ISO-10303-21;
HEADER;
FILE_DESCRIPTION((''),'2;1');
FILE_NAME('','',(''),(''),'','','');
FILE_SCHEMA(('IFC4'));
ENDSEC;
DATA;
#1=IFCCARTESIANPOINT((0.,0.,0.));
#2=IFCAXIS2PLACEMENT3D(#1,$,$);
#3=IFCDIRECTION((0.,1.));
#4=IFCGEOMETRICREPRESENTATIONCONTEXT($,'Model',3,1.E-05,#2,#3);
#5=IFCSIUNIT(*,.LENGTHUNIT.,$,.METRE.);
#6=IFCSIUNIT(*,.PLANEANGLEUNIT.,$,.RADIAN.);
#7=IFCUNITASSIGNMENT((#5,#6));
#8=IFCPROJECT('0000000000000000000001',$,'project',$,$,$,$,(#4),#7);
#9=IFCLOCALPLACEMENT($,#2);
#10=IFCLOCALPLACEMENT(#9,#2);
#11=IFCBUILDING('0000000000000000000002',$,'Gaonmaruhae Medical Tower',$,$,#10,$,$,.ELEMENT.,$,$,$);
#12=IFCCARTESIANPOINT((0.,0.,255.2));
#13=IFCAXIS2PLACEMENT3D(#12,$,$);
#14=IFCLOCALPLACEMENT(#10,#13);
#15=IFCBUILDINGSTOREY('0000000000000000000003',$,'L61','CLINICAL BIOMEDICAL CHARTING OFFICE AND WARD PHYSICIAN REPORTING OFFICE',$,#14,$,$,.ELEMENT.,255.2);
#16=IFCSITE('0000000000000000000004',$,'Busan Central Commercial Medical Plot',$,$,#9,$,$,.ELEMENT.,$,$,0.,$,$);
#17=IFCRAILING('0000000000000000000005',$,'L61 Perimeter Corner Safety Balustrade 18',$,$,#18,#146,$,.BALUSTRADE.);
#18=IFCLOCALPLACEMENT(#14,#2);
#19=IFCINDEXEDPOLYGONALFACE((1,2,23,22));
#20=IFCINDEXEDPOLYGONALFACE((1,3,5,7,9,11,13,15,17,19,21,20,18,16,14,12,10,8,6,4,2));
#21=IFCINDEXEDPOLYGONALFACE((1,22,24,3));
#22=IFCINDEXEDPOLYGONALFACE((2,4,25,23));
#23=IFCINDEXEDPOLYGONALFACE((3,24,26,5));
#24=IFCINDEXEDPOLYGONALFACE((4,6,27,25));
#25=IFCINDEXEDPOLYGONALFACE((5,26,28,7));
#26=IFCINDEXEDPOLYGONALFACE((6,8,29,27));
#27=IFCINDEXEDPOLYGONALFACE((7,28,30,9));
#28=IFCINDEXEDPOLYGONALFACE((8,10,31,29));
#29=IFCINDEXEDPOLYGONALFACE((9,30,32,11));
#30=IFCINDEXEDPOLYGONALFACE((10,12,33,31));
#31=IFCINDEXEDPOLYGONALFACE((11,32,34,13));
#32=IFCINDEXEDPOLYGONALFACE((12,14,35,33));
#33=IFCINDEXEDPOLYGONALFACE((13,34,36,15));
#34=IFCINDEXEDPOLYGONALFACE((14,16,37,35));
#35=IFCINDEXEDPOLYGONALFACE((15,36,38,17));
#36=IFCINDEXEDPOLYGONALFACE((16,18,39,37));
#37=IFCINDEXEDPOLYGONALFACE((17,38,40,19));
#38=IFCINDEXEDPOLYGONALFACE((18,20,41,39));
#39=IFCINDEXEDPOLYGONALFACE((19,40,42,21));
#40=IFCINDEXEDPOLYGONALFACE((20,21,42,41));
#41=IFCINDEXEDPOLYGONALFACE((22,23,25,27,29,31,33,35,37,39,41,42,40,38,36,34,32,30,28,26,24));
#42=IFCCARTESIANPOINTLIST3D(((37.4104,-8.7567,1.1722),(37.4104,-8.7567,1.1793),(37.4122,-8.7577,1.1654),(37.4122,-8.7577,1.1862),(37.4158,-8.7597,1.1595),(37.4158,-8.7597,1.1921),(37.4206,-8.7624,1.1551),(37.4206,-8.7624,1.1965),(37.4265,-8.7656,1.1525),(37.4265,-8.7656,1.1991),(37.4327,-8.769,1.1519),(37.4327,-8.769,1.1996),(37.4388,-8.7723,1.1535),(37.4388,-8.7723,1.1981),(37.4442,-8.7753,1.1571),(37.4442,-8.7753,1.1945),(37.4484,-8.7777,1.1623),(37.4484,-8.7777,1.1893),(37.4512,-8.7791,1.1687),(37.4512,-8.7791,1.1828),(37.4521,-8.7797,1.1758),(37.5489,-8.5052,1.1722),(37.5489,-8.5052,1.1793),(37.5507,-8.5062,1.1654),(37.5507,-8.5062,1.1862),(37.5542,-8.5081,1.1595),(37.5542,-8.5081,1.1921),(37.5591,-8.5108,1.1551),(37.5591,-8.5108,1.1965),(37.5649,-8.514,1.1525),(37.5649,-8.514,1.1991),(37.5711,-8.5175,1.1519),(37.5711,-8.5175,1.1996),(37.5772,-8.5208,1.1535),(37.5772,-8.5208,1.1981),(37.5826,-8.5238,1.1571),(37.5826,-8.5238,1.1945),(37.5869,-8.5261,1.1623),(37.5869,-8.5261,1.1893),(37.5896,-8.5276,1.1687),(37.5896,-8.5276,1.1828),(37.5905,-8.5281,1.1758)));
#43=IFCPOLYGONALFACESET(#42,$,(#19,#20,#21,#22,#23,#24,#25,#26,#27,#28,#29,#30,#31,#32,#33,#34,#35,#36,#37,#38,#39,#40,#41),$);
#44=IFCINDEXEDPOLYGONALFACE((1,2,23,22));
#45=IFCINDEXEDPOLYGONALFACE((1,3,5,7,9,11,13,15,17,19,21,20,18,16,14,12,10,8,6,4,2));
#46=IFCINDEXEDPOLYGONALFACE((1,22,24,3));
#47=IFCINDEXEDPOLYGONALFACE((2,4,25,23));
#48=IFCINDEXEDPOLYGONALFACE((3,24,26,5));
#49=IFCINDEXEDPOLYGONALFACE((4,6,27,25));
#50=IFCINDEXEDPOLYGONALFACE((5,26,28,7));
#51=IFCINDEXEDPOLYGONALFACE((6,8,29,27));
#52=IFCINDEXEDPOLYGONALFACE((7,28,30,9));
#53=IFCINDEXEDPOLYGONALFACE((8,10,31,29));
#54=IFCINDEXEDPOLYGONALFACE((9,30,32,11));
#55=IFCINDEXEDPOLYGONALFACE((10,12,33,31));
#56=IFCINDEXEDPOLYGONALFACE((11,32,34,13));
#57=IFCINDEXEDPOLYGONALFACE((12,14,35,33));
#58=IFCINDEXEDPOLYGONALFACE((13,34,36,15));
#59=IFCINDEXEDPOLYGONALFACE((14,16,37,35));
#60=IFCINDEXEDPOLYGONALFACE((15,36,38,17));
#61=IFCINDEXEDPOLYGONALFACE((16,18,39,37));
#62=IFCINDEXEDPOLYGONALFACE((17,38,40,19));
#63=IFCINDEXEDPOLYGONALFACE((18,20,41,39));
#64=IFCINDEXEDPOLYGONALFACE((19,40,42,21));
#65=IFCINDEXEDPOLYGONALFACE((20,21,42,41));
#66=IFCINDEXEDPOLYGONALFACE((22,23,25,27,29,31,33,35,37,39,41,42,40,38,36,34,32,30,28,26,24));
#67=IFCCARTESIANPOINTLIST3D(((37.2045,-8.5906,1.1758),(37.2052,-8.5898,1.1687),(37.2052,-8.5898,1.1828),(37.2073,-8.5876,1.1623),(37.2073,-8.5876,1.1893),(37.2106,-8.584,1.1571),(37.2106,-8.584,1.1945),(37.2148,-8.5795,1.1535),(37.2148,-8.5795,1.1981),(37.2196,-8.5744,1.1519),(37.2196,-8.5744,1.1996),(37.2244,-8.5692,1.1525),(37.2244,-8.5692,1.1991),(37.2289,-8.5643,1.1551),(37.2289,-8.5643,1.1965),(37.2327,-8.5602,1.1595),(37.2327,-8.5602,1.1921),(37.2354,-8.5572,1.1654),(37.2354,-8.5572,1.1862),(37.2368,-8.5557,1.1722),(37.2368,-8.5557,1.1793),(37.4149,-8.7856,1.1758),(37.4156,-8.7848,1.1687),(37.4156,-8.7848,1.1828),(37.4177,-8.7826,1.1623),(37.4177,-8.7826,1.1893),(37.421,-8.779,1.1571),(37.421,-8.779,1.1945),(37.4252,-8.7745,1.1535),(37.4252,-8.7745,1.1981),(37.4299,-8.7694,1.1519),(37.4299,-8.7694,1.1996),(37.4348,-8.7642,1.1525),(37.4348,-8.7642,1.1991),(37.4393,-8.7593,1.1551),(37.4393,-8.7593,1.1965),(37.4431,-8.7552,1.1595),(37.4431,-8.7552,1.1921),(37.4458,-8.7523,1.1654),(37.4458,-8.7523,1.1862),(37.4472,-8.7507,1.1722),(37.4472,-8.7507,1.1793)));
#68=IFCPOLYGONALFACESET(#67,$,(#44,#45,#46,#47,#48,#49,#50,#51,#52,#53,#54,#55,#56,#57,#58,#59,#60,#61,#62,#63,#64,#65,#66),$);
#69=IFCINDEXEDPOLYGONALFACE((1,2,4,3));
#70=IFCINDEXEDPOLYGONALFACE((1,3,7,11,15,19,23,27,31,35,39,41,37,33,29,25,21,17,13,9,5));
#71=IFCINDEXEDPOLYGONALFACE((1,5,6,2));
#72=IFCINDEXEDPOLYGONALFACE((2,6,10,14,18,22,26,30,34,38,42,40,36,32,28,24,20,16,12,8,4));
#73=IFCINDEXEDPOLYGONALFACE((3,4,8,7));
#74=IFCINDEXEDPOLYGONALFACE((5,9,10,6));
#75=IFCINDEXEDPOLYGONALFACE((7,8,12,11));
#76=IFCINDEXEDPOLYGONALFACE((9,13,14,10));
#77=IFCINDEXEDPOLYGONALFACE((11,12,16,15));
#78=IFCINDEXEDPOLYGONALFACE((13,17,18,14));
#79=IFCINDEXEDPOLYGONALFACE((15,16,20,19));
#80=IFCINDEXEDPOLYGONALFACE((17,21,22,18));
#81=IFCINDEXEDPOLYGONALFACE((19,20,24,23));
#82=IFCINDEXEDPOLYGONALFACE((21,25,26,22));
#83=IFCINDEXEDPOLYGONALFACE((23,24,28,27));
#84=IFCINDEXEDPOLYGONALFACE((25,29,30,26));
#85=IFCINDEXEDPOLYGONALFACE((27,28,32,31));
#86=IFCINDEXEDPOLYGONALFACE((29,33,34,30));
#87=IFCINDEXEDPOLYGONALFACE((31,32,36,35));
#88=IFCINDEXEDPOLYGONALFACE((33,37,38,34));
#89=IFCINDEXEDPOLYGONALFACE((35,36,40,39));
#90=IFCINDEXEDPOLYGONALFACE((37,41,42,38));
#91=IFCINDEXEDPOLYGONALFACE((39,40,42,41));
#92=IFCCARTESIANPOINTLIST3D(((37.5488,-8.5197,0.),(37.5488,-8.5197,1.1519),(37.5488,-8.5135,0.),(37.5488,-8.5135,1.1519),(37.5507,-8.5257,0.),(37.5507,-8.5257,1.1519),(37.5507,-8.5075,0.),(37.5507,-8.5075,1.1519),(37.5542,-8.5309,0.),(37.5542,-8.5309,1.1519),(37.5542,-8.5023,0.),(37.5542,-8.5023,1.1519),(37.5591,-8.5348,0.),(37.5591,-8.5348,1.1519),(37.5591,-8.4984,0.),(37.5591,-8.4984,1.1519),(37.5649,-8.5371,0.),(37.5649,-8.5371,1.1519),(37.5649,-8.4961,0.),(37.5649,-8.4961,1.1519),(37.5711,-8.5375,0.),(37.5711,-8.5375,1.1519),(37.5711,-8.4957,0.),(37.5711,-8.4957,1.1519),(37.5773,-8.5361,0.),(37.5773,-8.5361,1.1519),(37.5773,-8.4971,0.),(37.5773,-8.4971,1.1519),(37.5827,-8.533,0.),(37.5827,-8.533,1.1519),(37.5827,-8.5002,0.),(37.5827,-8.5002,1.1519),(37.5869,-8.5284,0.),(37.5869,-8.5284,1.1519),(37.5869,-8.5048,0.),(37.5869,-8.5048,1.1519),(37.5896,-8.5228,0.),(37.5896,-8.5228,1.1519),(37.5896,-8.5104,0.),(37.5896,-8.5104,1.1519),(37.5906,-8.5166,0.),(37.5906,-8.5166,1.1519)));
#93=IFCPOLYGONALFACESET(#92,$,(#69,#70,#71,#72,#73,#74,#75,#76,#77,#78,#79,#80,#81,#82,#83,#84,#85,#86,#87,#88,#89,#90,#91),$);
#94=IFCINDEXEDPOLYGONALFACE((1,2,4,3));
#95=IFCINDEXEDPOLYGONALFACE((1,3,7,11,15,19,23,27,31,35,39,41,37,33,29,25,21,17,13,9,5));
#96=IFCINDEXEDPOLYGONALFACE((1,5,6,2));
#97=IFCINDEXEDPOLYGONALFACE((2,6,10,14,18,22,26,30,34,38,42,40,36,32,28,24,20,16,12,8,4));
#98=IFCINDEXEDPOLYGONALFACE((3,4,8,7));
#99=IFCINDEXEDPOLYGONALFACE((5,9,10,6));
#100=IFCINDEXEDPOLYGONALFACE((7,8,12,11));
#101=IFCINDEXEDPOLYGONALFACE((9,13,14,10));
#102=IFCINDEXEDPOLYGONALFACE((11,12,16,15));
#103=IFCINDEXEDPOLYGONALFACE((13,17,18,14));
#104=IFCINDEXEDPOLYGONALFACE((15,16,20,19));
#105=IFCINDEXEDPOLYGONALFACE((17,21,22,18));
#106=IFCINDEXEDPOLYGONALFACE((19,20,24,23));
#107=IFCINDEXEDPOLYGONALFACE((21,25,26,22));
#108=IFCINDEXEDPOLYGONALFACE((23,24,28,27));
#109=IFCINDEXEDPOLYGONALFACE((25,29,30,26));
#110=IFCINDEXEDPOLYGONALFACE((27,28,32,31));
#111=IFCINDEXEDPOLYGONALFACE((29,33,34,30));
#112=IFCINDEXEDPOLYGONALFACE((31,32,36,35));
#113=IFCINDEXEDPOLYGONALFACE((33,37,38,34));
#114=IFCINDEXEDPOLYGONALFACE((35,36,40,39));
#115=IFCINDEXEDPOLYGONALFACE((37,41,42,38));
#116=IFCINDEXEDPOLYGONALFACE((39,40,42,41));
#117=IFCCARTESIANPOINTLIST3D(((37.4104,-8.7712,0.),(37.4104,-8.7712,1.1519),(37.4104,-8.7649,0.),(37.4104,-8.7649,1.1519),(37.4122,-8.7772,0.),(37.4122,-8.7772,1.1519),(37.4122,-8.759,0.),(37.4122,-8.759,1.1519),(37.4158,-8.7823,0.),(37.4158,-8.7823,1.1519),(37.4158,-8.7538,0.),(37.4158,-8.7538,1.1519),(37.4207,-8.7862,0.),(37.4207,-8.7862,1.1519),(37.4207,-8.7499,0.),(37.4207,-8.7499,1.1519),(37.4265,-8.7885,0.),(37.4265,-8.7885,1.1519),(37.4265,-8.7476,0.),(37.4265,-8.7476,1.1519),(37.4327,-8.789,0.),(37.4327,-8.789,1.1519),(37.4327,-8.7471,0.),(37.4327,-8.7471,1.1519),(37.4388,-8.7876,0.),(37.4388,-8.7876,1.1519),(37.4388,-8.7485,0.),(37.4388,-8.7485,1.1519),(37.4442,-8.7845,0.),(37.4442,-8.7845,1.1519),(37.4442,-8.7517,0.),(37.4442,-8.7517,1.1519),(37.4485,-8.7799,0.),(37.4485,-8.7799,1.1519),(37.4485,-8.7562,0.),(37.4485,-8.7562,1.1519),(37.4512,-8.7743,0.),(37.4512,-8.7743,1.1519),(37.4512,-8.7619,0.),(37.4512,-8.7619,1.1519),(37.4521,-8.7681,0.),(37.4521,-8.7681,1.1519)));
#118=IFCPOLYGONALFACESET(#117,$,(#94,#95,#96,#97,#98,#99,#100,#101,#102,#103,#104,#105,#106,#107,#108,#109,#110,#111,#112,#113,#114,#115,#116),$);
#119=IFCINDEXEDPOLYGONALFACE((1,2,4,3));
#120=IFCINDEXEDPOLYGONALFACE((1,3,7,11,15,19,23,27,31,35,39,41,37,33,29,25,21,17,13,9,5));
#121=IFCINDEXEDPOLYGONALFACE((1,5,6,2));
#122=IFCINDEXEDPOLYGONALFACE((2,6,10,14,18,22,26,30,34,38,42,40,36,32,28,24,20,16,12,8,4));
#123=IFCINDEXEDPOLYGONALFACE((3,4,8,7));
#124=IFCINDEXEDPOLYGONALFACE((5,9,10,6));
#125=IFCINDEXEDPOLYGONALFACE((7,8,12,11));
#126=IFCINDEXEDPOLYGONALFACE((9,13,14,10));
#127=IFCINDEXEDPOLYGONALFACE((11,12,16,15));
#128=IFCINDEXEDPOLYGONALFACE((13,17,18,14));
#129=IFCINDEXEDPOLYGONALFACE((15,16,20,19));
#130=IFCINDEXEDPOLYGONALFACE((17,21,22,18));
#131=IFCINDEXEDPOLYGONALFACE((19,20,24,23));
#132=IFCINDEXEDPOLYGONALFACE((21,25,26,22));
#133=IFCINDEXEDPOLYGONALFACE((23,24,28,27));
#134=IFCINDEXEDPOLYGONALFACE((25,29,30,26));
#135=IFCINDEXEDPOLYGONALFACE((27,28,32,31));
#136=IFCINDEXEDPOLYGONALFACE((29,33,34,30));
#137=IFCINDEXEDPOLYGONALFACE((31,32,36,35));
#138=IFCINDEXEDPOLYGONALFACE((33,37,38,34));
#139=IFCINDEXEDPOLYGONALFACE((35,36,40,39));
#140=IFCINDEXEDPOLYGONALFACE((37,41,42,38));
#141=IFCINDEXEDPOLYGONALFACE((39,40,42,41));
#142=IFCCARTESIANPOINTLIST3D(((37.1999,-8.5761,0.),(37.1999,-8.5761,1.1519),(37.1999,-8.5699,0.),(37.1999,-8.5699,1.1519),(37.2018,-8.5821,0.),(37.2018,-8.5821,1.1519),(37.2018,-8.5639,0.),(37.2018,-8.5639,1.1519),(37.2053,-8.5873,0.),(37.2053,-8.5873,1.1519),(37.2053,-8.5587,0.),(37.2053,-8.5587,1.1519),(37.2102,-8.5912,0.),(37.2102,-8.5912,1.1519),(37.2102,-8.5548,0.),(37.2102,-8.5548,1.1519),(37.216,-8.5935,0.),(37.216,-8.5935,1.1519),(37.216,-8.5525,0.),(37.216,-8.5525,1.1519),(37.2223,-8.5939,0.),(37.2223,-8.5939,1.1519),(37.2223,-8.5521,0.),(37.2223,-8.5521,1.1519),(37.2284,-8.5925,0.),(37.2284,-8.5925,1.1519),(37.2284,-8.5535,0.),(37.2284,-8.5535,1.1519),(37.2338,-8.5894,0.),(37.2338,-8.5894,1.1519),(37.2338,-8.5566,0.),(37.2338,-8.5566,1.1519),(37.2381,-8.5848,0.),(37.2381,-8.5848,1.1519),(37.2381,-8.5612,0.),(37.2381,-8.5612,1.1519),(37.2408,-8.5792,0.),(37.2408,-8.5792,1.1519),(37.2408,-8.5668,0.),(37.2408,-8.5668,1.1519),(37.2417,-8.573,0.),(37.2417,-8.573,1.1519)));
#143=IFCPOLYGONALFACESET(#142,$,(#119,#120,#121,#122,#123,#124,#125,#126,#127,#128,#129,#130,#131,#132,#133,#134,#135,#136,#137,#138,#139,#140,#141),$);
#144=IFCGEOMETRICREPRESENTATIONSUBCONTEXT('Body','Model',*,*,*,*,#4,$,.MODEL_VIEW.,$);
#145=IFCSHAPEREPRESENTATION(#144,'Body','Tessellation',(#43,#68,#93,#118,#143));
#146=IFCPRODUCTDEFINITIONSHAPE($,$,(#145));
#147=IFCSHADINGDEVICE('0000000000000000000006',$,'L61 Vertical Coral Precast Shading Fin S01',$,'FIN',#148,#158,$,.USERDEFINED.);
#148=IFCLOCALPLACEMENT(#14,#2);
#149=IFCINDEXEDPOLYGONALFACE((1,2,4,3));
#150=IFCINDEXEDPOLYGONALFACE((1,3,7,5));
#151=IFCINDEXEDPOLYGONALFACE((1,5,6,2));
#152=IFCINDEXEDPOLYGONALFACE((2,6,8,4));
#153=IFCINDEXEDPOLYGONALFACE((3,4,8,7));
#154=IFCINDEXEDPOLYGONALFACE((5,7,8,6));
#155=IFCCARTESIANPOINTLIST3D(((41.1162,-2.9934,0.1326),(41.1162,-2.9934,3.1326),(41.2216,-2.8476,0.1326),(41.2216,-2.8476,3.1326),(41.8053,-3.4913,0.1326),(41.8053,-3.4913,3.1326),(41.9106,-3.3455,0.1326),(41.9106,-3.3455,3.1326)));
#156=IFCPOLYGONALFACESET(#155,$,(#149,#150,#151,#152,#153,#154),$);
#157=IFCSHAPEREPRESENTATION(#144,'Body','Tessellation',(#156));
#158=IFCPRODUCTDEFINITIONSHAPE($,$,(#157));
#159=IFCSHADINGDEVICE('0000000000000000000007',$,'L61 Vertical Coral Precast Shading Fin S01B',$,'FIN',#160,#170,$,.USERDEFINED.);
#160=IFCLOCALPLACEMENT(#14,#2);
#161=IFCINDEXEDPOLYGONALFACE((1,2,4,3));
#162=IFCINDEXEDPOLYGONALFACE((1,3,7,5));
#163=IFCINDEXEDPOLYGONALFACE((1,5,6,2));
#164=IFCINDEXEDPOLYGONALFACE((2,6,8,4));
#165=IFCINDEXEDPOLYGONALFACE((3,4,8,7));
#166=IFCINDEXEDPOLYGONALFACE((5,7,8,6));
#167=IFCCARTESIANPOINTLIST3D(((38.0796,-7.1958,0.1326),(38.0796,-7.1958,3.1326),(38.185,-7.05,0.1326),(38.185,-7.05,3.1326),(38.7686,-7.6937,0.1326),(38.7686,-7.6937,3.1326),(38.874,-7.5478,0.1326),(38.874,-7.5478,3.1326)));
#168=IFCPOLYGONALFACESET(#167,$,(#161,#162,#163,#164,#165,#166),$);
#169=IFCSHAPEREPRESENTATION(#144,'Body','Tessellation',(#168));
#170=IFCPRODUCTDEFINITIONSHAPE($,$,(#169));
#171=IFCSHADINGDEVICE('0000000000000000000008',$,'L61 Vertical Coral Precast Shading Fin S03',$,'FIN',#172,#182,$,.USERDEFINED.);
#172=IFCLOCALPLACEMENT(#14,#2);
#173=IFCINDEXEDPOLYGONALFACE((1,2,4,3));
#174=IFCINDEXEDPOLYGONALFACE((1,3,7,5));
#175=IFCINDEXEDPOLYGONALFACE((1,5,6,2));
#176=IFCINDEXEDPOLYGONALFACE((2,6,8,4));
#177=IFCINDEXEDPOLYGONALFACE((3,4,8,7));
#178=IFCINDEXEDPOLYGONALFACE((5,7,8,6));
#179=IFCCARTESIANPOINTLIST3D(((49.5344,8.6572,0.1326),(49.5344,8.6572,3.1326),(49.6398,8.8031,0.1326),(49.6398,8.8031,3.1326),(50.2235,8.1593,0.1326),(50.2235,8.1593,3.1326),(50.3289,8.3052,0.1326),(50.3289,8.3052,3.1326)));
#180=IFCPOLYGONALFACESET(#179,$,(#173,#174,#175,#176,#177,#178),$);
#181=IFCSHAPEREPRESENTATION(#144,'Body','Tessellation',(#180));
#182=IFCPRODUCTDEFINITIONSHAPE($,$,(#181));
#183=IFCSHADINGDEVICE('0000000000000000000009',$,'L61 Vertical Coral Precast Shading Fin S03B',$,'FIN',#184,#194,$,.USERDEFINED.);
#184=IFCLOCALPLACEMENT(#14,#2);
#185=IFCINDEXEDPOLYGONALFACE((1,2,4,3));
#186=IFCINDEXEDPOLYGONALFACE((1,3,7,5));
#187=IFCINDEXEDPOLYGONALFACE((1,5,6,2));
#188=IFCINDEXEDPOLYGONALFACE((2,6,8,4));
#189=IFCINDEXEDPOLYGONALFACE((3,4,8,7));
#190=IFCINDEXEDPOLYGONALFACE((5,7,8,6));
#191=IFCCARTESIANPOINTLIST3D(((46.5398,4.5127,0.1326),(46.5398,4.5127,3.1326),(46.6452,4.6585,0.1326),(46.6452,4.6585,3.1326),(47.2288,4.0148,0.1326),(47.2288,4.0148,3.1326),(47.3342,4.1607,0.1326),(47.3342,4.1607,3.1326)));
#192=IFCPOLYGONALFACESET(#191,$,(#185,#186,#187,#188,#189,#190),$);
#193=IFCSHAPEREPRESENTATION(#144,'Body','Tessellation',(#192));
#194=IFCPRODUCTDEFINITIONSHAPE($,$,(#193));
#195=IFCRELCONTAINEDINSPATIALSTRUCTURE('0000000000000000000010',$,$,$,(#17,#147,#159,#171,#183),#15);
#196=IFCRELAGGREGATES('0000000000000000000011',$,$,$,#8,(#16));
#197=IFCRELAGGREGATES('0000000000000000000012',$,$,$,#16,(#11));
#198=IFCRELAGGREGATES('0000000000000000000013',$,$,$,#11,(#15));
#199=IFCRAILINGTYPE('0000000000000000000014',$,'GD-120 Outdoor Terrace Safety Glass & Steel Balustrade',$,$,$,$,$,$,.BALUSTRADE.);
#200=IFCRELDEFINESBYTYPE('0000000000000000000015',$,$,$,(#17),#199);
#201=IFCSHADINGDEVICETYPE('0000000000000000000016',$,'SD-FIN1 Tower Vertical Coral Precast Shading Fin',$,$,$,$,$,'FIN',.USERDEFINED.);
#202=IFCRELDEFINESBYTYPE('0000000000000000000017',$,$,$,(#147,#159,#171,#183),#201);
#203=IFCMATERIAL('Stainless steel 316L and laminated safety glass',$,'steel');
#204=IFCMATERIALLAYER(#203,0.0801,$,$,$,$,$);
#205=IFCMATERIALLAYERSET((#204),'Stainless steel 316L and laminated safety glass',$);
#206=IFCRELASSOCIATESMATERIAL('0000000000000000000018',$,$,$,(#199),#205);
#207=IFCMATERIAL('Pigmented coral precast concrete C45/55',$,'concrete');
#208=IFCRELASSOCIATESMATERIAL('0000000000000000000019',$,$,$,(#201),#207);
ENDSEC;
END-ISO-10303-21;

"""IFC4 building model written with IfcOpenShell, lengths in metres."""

from ifc_helpers import new_model, si_unit, direction, frame, origin, origin_2d, place, context, subcontext, project, spatial, rectangle, circle, extrude, material, layer, layer_set, type_object, element, save


model = new_model("IFC4")

# Units and contexts
model_context = context("Model", 3, precision=1e-05, world=origin(), true_north=direction((0.0, 1.0)))
body_context = subcontext(model_context, "Body", "Model", "MODEL_VIEW")
ifc_project = project(units=[si_unit("LENGTHUNIT", "METRE"), si_unit("PLANEANGLEUNIT", "RADIAN")], contexts=[model_context])

# Site, building, storey
site_placement = place(None, origin())
site = spatial("IfcSite", under=ifc_project, at=site_placement, Name="Busan Central Commercial Medical Plot", CompositionType="ELEMENT", RefElevation=0.0)
building_placement = place(site_placement, origin())
building = spatial("IfcBuilding", under=site, at=building_placement, Name="Gaonmaruhae Medical Tower", CompositionType="ELEMENT")
storey_placement = place(building_placement, frame((0.0, 0.0, 255.2)))
storey = spatial("IfcBuildingStorey", under=building, at=storey_placement, Name="L61", Description="CLINICAL BIOMEDICAL CHARTING OFFICE AND WARD PHYSICIAN REPORTING OFFICE", CompositionType="ELEMENT", Elevation=255.2)

# Railing
ifc_material_1 = material(Name="Stainless steel 316L and laminated safety glass", Category="steel")
ifc_layer_1 = layer(ifc_material_1, 0.0801)
ifc_layer_set_1 = layer_set([ifc_layer_1], Name="Stainless steel 316L and laminated safety glass")
railing_type = type_object("IfcRailingType", Name="GD-120 Outdoor Terrace Safety Glass & Steel Balustrade", PredefinedType="BALUSTRADE", material=ifc_layer_set_1)
railing_1_placement = place(storey_placement, frame((37.5696, -8.5166, 0.0)))
element("IfcRailing", 1, at=railing_1_placement, inside=storey, type_object=railing_type, Name="L61 Perimeter Corner Safety Balustrade 18", PredefinedType="BALUSTRADE", context=body_context, shape_type="SweptSolid", body=[
    extrude(circle(Radius=0.0239, at=origin_2d()), frame((0.0, 0.0, 1.1758), z_axis=(-0.482245, -0.876036, 0.0), x_axis=(0.876036, -0.482245, 0.0)), (0.0, 0.0, 1.0), 0.2871),
    extrude(circle(Radius=0.0239, at=origin_2d()), frame((-0.1384, -0.2515, 1.1758), z_axis=(-0.733399, 0.679798, 0.0), x_axis=(-0.679798, -0.733399, 0.0)), (0.0, 0.0, 1.0), 0.2869),
    extrude(circle(Radius=0.021, at=origin_2d()), origin(), (0.0, 0.0, 1.0), 1.1519),
    extrude(circle(Radius=0.021, at=origin_2d()), frame((-0.1384, -0.2515, 0.0)), (0.0, 0.0, 1.0), 1.1519),
    extrude(circle(Radius=0.021, at=origin_2d()), frame((-0.3489, -0.0564, 0.0)), (0.0, 0.0, 1.0), 1.1519),
])

# Shading devices
ifc_material_2 = material(Name="Pigmented coral precast concrete C45/55", Category="concrete")
shading_device_type = type_object("IfcShadingDeviceType", Name="SD-FIN1 Tower Vertical Coral Precast Shading Fin", ElementType="FIN", PredefinedType="USERDEFINED", material=ifc_material_2)
for number, where, z_axis, x_axis, name in (
    (2, (41.5134, -3.1694, 0.1326), (0.0, 0.0, 1.0), (-0.585679, -0.810543, 0.0), "L61 Vertical Coral Precast Shading Fin S01"),
    (3, (38.4768, -7.3718, 0.1326), (0.0, 0.0, 1.0), (-0.585679, -0.810543, 0.0), "L61 Vertical Coral Precast Shading Fin S01B"),
    (4, (49.9316, 8.4812, 0.1326), (0.0, 0.0, 1.0), (-0.585665, -0.810553, 0.0), "L61 Vertical Coral Precast Shading Fin S03"),
    (5, (46.937, 4.3367, 0.1326), (0.0, 0.0, 1.0), (-0.585665, -0.810553, 0.0), "L61 Vertical Coral Precast Shading Fin S03B"),
):
    element("IfcShadingDevice", number, at=place(storey_placement, frame(where, z_axis=z_axis, x_axis=x_axis)), inside=storey, type_object=shading_device_type, Name=name, ObjectType="FIN", PredefinedType="USERDEFINED", context=body_context, shape_type="SweptSolid", body=[
        extrude(rectangle(XDim=0.1799, YDim=0.8501, at=origin_2d()), origin(), (0.0, 0.0, 1.0), 3.0),
    ])

save(model, "model.ifc")
